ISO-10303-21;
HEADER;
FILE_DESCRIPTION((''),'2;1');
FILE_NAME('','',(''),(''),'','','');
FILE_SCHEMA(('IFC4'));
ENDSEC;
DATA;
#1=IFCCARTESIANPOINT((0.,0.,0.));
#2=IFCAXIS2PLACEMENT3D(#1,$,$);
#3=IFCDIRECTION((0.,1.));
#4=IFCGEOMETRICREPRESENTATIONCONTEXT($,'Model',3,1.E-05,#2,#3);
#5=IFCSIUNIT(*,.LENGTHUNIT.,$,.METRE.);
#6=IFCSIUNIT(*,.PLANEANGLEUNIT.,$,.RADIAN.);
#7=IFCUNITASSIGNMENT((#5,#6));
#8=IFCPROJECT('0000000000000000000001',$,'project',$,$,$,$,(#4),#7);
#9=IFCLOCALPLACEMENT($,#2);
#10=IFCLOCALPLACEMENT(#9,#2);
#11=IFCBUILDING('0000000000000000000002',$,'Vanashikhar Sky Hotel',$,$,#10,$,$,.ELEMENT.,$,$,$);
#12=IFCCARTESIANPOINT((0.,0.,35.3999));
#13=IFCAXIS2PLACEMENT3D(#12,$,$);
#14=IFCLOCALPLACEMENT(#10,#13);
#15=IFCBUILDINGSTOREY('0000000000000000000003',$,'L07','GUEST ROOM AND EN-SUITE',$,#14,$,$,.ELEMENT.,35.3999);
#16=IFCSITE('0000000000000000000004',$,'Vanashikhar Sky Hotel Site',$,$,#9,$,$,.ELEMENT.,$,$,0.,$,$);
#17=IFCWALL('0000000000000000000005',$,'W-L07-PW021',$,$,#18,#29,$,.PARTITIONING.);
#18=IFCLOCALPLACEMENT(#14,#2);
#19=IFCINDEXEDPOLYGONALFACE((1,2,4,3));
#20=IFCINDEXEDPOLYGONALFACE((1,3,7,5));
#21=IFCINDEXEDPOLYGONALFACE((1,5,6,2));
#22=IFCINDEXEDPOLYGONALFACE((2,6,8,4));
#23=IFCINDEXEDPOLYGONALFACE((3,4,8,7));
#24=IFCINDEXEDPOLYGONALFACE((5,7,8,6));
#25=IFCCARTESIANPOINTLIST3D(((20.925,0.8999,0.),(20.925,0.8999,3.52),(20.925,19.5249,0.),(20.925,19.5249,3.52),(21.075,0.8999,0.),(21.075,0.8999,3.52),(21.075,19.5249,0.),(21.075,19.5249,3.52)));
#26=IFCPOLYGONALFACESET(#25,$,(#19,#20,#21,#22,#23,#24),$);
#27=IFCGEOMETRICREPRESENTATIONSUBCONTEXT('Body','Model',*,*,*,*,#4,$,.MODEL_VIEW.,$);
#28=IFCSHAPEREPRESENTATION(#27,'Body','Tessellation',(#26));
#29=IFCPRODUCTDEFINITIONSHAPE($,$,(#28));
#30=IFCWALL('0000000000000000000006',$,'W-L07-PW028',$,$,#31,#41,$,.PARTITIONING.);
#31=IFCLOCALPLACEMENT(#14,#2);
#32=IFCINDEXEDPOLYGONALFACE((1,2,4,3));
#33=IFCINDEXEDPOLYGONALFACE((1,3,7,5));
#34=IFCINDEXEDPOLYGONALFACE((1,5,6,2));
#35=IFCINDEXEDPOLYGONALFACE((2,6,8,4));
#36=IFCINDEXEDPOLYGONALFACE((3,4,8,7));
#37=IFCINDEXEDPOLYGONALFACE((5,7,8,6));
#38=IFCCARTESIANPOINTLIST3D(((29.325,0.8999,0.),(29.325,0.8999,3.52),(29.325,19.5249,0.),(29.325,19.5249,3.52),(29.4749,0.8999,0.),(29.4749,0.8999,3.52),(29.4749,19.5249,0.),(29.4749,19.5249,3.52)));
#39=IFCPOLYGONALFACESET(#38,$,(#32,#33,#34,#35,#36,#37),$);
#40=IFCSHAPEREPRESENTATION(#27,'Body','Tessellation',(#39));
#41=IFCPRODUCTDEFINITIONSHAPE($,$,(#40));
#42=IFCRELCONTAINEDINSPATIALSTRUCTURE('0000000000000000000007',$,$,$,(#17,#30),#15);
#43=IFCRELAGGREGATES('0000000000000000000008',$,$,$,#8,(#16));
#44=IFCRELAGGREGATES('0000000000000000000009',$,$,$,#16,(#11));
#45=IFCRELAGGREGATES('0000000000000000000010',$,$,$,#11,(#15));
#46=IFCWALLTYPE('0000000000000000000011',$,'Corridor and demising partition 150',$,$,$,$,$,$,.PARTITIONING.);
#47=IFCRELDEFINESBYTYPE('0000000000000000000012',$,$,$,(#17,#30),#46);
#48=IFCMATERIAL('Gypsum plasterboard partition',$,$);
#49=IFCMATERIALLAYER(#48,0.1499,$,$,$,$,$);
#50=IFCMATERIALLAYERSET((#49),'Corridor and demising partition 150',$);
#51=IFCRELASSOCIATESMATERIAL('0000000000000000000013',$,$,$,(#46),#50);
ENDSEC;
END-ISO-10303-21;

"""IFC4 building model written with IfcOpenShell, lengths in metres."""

from ifc_helpers import new_model, si_unit, direction, frame, frame_2d, origin, place, context, subcontext, project, spatial, rectangle, extrude, source, transform, mapped, material, layer, layer_set, type_object, element, save


model = new_model("IFC4")

# Units and contexts
model_context = context("Model", 3, precision=1e-05, world=origin(), true_north=direction((0.0, 1.0)))
body_context = subcontext(model_context, "Body", "Model", "MODEL_VIEW")
ifc_project = project(units=[si_unit("LENGTHUNIT", "METRE"), si_unit("PLANEANGLEUNIT", "RADIAN")], contexts=[model_context])

# Site, building, storey
site_placement = place(None, origin())
site = spatial("IfcSite", under=ifc_project, at=site_placement, Name="Vanashikhar Sky Hotel Site", CompositionType="ELEMENT", RefElevation=0.0)
building_placement = place(site_placement, origin())
building = spatial("IfcBuilding", under=site, at=building_placement, Name="Vanashikhar Sky Hotel", CompositionType="ELEMENT")
storey_placement = place(building_placement, frame((0.0, 0.0, 35.3999)))
storey = spatial("IfcBuildingStorey", under=building, at=storey_placement, Name="L07", Description="GUEST ROOM AND EN-SUITE", CompositionType="ELEMENT", Elevation=35.3999)

# Shared definitions
ifc_material_1 = material(Name="Gypsum plasterboard partition")

# Walls
ifc_layer_1 = layer(ifc_material_1, 0.1499)
ifc_layer_set_1 = layer_set([ifc_layer_1], Name="Corridor and demising partition 150")
wall_type_1 = type_object("IfcWallType", Name="Corridor and demising partition 150", PredefinedType="PARTITIONING", material=ifc_layer_set_1)
shared_shape_1 = source(origin(), body_context, "Body", "SweptSolid", [
    extrude(rectangle(XDim=18.625, YDim=0.1499, at=frame_2d((9.3125, 0.0))), origin(), (0.0, 0.0, 1.0), 3.52),
])
for number, where, z_axis, x_axis, name in (
    (1, (21.0, 0.8999, 0.0), (0.0, 0.0, 1.0), (0.0, 1.0, 0.0), "W-L07-PW021"),
    (2, (29.3999, 0.8999, 0.0), (0.0, 0.0, 1.0), (0.0, 1.0, 0.0), "W-L07-PW028"),
):
    element("IfcWall", number, at=place(storey_placement, frame(where, z_axis=z_axis, x_axis=x_axis)), inside=storey, type_object=wall_type_1, Name=name, PredefinedType="PARTITIONING", context=body_context, shape_type="MappedRepresentation", body=[
        mapped(shared_shape_1, transform((0.0, 0.0, 0.0), scale=1.0)),
    ])

save(model, "model.ifc")
